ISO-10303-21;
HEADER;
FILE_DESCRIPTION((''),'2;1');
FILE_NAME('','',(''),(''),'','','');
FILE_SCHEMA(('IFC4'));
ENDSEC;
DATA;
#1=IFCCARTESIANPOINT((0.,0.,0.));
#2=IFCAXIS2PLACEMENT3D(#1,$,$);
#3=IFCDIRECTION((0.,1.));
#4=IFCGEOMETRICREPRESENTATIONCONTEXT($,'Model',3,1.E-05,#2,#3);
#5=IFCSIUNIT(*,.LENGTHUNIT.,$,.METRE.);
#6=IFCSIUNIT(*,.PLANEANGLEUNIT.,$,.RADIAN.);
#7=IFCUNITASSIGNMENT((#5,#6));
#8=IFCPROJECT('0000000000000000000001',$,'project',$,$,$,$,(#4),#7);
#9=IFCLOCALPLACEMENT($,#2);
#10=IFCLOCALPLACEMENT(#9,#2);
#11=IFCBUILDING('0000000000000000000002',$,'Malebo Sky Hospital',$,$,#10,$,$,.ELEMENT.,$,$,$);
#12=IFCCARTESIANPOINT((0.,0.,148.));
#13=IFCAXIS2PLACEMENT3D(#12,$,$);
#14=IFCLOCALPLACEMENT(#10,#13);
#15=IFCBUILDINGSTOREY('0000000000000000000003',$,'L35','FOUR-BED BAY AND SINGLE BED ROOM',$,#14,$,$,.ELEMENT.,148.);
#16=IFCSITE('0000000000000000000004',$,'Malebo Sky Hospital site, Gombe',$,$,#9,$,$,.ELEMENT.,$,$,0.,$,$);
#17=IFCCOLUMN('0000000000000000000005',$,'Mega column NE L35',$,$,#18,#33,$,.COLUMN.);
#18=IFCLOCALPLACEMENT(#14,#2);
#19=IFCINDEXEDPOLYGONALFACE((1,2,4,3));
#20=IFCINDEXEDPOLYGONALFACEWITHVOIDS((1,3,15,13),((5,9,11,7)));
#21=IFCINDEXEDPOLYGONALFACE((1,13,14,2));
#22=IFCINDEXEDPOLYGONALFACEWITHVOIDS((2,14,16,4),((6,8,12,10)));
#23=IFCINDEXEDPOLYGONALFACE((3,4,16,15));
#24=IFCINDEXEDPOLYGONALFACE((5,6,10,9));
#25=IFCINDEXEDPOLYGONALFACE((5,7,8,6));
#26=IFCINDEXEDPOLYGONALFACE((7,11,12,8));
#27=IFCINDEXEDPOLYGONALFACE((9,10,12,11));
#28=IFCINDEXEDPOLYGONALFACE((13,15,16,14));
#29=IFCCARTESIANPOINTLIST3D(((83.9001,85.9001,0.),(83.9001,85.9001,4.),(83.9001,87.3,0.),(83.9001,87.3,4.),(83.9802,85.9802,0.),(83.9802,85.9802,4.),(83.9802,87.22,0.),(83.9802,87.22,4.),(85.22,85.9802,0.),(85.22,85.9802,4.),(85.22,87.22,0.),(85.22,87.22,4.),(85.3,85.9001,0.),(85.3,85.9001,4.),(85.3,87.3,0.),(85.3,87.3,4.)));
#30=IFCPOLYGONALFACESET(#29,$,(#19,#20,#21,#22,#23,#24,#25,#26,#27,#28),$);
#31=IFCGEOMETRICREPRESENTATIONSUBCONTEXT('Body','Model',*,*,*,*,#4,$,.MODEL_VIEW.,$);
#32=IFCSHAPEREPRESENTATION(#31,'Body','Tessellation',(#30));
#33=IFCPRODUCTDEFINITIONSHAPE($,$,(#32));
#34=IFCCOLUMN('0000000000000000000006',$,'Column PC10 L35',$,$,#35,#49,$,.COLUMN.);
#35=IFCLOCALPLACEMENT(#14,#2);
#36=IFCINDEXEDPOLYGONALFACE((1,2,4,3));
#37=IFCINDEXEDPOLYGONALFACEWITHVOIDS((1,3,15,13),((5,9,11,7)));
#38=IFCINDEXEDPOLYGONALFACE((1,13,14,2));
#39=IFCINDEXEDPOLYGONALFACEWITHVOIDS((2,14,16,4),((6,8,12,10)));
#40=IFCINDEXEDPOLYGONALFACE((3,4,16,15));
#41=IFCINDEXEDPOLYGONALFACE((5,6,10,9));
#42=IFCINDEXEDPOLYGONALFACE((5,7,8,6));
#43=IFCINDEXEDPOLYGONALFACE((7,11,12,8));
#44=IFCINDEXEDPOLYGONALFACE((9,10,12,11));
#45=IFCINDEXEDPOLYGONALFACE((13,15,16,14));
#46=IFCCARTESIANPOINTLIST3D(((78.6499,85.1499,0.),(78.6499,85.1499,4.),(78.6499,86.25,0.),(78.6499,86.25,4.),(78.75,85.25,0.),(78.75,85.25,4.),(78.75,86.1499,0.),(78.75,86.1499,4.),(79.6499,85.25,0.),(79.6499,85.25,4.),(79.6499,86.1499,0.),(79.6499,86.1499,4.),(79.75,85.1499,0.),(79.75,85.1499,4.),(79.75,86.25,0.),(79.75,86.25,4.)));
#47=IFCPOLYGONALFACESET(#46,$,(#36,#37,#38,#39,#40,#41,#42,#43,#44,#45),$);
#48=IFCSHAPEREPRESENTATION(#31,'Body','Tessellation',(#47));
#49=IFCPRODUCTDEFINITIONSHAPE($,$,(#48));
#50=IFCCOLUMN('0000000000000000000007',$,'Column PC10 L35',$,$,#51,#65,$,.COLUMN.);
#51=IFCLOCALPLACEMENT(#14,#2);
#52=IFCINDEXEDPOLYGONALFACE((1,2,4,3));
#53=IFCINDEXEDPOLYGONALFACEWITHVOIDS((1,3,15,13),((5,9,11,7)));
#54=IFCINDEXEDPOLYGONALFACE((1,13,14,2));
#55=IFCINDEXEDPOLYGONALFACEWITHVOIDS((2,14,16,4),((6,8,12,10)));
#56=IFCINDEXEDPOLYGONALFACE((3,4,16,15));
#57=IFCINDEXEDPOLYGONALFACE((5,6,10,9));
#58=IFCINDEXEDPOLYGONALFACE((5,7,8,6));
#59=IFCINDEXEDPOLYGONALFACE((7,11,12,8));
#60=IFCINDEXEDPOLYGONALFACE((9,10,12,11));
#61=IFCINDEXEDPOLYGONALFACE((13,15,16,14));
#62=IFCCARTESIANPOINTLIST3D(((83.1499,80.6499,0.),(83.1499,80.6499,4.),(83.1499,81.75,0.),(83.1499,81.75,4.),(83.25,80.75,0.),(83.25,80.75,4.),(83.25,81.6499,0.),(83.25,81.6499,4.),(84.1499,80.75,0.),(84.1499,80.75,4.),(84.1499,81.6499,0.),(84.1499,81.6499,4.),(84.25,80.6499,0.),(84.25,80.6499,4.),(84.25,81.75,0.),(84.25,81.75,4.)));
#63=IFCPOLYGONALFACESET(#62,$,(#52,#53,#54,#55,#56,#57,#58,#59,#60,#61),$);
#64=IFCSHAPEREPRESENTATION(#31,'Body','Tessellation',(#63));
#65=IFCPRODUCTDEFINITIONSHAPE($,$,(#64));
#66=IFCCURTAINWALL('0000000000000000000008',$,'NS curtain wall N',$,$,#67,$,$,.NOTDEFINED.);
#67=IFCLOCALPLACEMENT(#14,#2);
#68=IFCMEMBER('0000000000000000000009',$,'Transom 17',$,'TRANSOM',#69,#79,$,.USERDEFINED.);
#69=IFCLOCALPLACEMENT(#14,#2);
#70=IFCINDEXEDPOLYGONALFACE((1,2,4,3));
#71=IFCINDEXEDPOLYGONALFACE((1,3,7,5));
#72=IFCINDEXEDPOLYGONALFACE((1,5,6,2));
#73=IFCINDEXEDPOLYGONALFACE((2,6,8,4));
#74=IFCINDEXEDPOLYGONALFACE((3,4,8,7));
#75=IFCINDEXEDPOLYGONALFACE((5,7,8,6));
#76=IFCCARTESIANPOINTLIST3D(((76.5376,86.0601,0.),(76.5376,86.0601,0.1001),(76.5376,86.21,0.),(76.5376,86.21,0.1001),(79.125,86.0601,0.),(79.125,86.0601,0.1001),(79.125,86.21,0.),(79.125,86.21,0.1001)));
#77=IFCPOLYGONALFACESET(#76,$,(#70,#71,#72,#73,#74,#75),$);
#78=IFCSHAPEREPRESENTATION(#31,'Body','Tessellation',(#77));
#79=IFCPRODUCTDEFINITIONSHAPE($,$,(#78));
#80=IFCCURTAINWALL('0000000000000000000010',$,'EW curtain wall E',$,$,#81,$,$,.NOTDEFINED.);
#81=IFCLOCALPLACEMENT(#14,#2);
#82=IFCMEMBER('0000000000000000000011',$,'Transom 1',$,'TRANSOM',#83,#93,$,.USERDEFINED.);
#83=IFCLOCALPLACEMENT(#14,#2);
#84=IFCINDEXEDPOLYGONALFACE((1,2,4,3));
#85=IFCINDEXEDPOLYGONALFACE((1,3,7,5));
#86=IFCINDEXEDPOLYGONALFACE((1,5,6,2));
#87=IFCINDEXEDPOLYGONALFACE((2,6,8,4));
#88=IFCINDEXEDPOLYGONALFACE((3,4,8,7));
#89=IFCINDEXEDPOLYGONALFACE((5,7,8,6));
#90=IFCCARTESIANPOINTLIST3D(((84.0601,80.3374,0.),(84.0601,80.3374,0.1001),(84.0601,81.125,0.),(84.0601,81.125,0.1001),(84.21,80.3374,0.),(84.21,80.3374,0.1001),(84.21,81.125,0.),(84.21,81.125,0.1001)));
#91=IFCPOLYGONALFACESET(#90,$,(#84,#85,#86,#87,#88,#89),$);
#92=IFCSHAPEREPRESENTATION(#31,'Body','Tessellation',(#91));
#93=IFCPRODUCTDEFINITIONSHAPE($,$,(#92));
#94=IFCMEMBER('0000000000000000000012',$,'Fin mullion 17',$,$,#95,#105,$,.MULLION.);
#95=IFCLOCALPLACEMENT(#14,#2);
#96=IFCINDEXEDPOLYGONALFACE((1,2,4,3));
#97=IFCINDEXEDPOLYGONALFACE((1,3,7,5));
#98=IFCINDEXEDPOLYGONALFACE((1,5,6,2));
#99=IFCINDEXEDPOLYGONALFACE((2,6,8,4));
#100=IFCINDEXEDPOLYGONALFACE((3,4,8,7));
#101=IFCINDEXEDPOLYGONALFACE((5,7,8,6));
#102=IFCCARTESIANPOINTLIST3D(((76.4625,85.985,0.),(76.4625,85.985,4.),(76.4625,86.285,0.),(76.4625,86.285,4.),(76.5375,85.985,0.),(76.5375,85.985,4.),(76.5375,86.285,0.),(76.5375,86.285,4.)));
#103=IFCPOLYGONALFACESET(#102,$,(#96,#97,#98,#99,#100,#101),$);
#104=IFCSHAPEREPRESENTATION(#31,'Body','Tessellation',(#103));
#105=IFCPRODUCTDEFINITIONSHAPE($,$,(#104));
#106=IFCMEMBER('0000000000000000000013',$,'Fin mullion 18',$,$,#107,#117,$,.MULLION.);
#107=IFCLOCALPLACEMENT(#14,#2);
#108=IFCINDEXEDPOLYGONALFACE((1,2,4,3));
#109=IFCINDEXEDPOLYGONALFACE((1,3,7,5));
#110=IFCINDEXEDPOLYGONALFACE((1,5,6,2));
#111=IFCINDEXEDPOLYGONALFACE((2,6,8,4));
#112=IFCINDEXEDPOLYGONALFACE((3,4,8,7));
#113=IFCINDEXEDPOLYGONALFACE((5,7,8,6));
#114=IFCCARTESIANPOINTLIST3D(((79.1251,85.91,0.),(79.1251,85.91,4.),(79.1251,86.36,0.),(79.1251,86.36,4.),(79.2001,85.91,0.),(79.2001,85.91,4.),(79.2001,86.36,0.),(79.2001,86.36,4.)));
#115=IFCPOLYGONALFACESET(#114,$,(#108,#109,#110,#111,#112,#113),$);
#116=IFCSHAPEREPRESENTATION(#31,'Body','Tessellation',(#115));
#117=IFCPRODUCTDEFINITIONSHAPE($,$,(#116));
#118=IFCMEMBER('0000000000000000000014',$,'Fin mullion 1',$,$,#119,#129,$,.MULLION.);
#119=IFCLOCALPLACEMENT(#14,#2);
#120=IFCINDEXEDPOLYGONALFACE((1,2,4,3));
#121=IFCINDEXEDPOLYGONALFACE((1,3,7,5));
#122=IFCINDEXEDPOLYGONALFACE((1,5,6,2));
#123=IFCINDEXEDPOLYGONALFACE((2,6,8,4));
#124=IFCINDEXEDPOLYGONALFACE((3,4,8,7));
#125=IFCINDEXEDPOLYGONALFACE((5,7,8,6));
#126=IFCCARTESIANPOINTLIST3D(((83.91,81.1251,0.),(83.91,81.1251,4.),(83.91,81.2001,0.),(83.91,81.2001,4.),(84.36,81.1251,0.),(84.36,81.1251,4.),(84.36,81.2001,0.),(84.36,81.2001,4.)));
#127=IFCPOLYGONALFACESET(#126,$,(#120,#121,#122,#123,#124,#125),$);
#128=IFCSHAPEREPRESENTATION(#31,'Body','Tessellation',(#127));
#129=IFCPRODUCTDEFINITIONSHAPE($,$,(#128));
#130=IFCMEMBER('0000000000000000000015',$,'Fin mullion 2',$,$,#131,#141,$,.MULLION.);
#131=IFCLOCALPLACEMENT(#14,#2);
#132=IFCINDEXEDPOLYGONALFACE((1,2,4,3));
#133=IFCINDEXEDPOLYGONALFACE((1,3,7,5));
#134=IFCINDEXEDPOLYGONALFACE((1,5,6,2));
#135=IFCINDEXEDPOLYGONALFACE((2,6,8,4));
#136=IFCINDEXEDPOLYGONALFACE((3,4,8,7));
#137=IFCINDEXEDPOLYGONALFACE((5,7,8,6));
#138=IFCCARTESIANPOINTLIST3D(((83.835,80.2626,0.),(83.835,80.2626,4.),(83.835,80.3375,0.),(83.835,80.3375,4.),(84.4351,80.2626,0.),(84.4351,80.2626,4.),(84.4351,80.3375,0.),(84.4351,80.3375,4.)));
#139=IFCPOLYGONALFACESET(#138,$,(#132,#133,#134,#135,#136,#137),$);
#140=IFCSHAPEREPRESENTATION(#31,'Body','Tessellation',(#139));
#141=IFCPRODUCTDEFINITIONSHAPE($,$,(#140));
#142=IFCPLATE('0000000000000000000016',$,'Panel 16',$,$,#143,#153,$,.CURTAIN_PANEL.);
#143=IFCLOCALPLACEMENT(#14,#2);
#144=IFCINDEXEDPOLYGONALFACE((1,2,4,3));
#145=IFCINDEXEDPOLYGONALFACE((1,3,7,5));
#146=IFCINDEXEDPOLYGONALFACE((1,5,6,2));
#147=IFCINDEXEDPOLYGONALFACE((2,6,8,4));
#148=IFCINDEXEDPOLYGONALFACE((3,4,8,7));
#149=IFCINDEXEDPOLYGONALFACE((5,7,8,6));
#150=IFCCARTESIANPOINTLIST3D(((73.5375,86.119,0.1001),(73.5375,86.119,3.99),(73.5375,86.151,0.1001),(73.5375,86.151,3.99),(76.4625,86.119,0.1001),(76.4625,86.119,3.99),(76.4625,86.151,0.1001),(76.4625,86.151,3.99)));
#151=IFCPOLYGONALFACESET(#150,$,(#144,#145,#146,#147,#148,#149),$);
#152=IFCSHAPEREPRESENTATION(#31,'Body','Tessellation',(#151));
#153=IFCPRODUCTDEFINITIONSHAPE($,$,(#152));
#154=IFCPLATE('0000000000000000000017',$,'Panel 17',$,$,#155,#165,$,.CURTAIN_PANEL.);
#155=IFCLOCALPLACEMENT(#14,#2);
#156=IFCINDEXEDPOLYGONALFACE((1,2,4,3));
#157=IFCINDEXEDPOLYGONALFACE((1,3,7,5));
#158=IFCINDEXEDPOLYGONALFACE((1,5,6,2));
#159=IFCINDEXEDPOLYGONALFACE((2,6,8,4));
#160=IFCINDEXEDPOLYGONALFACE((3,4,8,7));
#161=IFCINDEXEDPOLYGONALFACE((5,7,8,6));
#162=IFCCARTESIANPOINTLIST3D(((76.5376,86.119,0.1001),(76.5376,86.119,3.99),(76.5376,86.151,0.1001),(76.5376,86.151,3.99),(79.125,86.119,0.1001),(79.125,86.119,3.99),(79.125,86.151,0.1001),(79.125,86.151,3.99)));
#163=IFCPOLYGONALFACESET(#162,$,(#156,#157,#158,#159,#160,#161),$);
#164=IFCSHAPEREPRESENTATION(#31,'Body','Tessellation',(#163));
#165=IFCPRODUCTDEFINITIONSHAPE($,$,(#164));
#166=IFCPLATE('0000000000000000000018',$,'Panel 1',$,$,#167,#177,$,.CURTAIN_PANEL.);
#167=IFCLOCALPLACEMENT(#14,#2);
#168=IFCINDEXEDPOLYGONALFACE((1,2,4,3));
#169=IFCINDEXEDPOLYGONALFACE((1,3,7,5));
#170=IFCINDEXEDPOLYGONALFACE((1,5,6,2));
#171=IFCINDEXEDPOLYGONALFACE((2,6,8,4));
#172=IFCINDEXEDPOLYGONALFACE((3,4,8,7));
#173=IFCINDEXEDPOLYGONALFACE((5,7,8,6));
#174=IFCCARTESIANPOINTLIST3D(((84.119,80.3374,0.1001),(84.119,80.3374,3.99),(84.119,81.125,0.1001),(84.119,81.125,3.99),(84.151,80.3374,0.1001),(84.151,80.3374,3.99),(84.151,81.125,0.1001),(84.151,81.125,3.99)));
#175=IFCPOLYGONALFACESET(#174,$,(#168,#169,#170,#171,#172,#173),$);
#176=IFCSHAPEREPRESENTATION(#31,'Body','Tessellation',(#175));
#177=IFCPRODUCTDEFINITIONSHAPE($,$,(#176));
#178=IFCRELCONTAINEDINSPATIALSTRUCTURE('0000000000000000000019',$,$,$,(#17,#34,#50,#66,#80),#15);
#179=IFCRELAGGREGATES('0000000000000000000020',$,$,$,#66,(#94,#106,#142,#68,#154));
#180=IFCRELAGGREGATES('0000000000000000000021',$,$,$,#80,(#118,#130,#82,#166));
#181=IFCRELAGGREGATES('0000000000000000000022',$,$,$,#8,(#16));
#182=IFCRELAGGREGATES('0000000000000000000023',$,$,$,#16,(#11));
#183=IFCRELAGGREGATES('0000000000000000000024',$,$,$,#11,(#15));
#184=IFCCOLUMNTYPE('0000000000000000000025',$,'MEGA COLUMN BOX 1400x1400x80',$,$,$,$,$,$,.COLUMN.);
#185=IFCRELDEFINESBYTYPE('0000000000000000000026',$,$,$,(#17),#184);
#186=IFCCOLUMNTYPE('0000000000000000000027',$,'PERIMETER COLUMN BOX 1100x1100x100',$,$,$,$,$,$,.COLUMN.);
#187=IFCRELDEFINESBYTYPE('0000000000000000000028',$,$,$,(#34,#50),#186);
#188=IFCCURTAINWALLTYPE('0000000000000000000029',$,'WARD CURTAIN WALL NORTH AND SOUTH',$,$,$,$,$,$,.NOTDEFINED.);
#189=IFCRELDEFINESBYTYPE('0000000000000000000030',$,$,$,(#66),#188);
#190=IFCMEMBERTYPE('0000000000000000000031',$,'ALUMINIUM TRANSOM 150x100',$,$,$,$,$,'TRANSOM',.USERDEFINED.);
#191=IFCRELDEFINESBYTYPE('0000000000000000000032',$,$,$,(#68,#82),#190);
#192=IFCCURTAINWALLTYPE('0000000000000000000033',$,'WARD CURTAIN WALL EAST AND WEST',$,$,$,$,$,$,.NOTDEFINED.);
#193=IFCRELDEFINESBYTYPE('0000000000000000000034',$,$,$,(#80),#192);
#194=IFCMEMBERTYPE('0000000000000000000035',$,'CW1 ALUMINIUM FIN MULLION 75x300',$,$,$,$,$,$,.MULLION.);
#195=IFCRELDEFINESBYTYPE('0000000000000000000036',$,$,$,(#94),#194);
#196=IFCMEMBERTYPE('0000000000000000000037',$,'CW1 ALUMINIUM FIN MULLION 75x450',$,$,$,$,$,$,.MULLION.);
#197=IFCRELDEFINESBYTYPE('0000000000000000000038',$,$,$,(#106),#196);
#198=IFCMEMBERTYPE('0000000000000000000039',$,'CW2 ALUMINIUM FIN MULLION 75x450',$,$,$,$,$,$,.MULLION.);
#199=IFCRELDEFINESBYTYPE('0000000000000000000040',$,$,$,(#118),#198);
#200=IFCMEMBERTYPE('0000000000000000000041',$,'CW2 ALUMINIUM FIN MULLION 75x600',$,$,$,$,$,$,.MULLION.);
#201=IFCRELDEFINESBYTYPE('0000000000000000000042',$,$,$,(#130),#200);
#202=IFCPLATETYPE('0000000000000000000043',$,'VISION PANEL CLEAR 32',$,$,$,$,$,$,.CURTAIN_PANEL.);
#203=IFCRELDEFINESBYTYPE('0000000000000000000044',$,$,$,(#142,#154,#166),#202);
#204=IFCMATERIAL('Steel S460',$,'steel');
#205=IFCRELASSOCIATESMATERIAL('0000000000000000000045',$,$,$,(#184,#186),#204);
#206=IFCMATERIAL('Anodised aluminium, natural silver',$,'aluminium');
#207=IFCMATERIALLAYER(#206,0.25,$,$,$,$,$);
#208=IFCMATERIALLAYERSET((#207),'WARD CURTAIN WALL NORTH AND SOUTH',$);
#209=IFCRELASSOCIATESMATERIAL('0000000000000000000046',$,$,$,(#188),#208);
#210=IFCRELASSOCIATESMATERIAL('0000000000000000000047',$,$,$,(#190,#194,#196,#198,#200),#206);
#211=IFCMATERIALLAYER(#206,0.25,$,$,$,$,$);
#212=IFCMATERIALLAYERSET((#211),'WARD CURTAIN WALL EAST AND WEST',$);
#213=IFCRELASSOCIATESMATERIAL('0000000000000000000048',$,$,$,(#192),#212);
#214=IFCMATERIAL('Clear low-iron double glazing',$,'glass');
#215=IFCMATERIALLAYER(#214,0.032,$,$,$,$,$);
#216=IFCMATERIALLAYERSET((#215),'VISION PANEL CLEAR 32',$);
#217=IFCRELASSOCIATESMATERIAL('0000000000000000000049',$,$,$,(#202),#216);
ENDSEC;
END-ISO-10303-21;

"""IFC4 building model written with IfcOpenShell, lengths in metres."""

from ifc_helpers import new_model, si_unit, direction, frame, origin, origin_2d, place, context, subcontext, project, spatial, rectangle, hollow_rectangle, extrude, material, layer, layer_set, material_profile, profile_set, type_object, element, aggregate, save


model = new_model("IFC4")

# Units and contexts
model_context = context("Model", 3, precision=1e-05, world=origin(), true_north=direction((0.0, 1.0)))
body_context = subcontext(model_context, "Body", "Model", "MODEL_VIEW")
ifc_project = project(units=[si_unit("LENGTHUNIT", "METRE"), si_unit("PLANEANGLEUNIT", "RADIAN")], contexts=[model_context])

# Site, building, storey
site_placement = place(None, origin())
site = spatial("IfcSite", under=ifc_project, at=site_placement, Name="Malebo Sky Hospital site, Gombe", CompositionType="ELEMENT", RefElevation=0.0)
building_placement = place(site_placement, origin())
building = spatial("IfcBuilding", under=site, at=building_placement, Name="Malebo Sky Hospital", CompositionType="ELEMENT")
storey_placement = place(building_placement, frame((0.0, 0.0, 148.0)))
storey = spatial("IfcBuildingStorey", under=building, at=storey_placement, Name="L35", Description="FOUR-BED BAY AND SINGLE BED ROOM", CompositionType="ELEMENT", Elevation=148.0)

# Columns
ifc_material_1 = material(Name="Steel S460", Category="steel")
ifc_material_profile_1 = material_profile(ifc_material_1, hollow_rectangle(XDim=1.3999, YDim=1.3999, WallThickness=0.0801, at=origin_2d()), Name="BOX 1400x1400x80")
ifc_profile_set_1 = profile_set([ifc_material_profile_1], Name="Steel S460")
column_type_1 = type_object("IfcColumnType", Name="MEGA COLUMN BOX 1400x1400x80", PredefinedType="COLUMN", material=ifc_profile_set_1)
column_placement = place(storey_placement, frame((84.6001, 86.6001, 0.0), z_axis=(0.0, 0.0, 1.0), x_axis=(1.0, 0.0, 0.0)))
element("IfcColumn", 1, at=column_placement, inside=storey, type_object=column_type_1, Name="Mega column NE L35", PredefinedType="COLUMN", context=body_context, shape_type="SweptSolid", body=[
    extrude(hollow_rectangle(XDim=1.3999, YDim=1.3999, WallThickness=0.0801, at=origin_2d()), origin(), (0.0, 0.0, 1.0), 4.0),
])
ifc_material_profile_2 = material_profile(ifc_material_1, hollow_rectangle(XDim=1.1001, YDim=1.1001, WallThickness=0.1001, at=origin_2d()), Name="BOX 1100x1100x100")
ifc_profile_set_2 = profile_set([ifc_material_profile_2], Name="Steel S460")
column_type_2 = type_object("IfcColumnType", Name="PERIMETER COLUMN BOX 1100x1100x100", PredefinedType="COLUMN", material=ifc_profile_set_2)
for number, where, z_axis, x_axis, name in (
    (2, (79.2, 85.7, 0.0), (0.0, 0.0, 1.0), (1.0, 0.0, 0.0), "Column PC10 L35"),
    (3, (83.7, 81.2, 0.0), (0.0, 0.0, 1.0), (1.0, 0.0, 0.0), "Column PC10 L35"),
):
    element("IfcColumn", number, at=place(storey_placement, frame(where, z_axis=z_axis, x_axis=x_axis)), inside=storey, type_object=column_type_2, Name=name, PredefinedType="COLUMN", context=body_context, shape_type="SweptSolid", body=[
        extrude(hollow_rectangle(XDim=1.1001, YDim=1.1001, WallThickness=0.1001, at=origin_2d()), origin(), (0.0, 0.0, 1.0), 4.0),
    ])

# Curtain walls, members
ifc_material_2 = material(Name="Anodised aluminium, natural silver", Category="aluminium")
ifc_layer_1 = layer(ifc_material_2, 0.25)
ifc_layer_set_1 = layer_set([ifc_layer_1], Name="WARD CURTAIN WALL NORTH AND SOUTH")
curtain_wall_type_1 = type_object("IfcCurtainWallType", Name="WARD CURTAIN WALL NORTH AND SOUTH", PredefinedType="NOTDEFINED", material=ifc_layer_set_1)
curtain_wall_1_placement = place(storey_placement, origin())
curtain_wall_1 = element("IfcCurtainWall", 4, at=curtain_wall_1_placement, inside=storey, type_object=curtain_wall_type_1, Name="NS curtain wall N", PredefinedType="NOTDEFINED")
ifc_material_profile_3 = material_profile(ifc_material_2, rectangle(XDim=0.1499, YDim=0.1001, at=origin_2d()), Name="ALUMINIUM TRANSOM 150x100")
ifc_profile_set_3 = profile_set([ifc_material_profile_3], Name="Anodised aluminium, natural silver")
member_type_1 = type_object("IfcMemberType", Name="ALUMINIUM TRANSOM 150x100", ElementType="TRANSOM", PredefinedType="USERDEFINED", material=ifc_profile_set_3)
member_1_placement = place(storey_placement, frame((76.5376, 86.135, 0.05), z_axis=(1.0, 0.0, 0.0), x_axis=(0.0, 1.0, 0.0)))
member_1 = element("IfcMember", 5, at=member_1_placement, type_object=member_type_1, Name="Transom 17", ObjectType="TRANSOM", PredefinedType="USERDEFINED", context=body_context, shape_type="SweptSolid", body=[
    extrude(rectangle(XDim=0.1499, YDim=0.1001, at=origin_2d()), origin(), (0.0, 0.0, 1.0), 2.5874),
])
ifc_layer_2 = layer(ifc_material_2, 0.25)
ifc_layer_set_2 = layer_set([ifc_layer_2], Name="WARD CURTAIN WALL EAST AND WEST")
curtain_wall_type_2 = type_object("IfcCurtainWallType", Name="WARD CURTAIN WALL EAST AND WEST", PredefinedType="NOTDEFINED", material=ifc_layer_set_2)
curtain_wall_2_placement = place(storey_placement, origin())
curtain_wall_2 = element("IfcCurtainWall", 6, at=curtain_wall_2_placement, inside=storey, type_object=curtain_wall_type_2, Name="EW curtain wall E", PredefinedType="NOTDEFINED")
member_2_placement = place(storey_placement, frame((84.135, 81.125, 0.05), z_axis=(0.0, -1.0, 0.0), x_axis=(1.0, 0.0, 0.0)))
member_2 = element("IfcMember", 7, at=member_2_placement, type_object=member_type_1, Name="Transom 1", ObjectType="TRANSOM", PredefinedType="USERDEFINED", context=body_context, shape_type="SweptSolid", body=[
    extrude(rectangle(XDim=0.1499, YDim=0.1001, at=origin_2d()), origin(), (0.0, 0.0, 1.0), 0.7876),
])

# Members
ifc_material_profile_4 = material_profile(ifc_material_2, rectangle(XDim=0.075, YDim=0.3, at=origin_2d()), Name="CW1 ALUMINIUM FIN MULLION 75x300")
ifc_profile_set_4 = profile_set([ifc_material_profile_4], Name="Anodised aluminium, natural silver")
member_type_2 = type_object("IfcMemberType", Name="CW1 ALUMINIUM FIN MULLION 75x300", PredefinedType="MULLION", material=ifc_profile_set_4)
member_3_placement = place(storey_placement, frame((76.5, 86.135, 0.0), z_axis=(0.0, 0.0, 1.0), x_axis=(1.0, 0.0, 0.0)))
member_3 = element("IfcMember", 8, at=member_3_placement, type_object=member_type_2, Name="Fin mullion 17", PredefinedType="MULLION", context=body_context, shape_type="SweptSolid", body=[
    extrude(rectangle(XDim=0.075, YDim=0.3, at=origin_2d()), origin(), (0.0, 0.0, 1.0), 4.0),
])
ifc_material_profile_5 = material_profile(ifc_material_2, rectangle(XDim=0.075, YDim=0.45, at=origin_2d()), Name="CW1 ALUMINIUM FIN MULLION 75x450")
ifc_profile_set_5 = profile_set([ifc_material_profile_5], Name="Anodised aluminium, natural silver")
member_type_3 = type_object("IfcMemberType", Name="CW1 ALUMINIUM FIN MULLION 75x450", PredefinedType="MULLION", material=ifc_profile_set_5)
member_4_placement = place(storey_placement, frame((79.1626, 86.135, 0.0), z_axis=(0.0, 0.0, 1.0), x_axis=(1.0, 0.0, 0.0)))
member_4 = element("IfcMember", 9, at=member_4_placement, type_object=member_type_3, Name="Fin mullion 18", PredefinedType="MULLION", context=body_context, shape_type="SweptSolid", body=[
    extrude(rectangle(XDim=0.075, YDim=0.45, at=origin_2d()), origin(), (0.0, 0.0, 1.0), 4.0),
])
ifc_material_profile_6 = material_profile(ifc_material_2, rectangle(XDim=0.075, YDim=0.45, at=origin_2d()), Name="CW2 ALUMINIUM FIN MULLION 75x450")
ifc_profile_set_6 = profile_set([ifc_material_profile_6], Name="Anodised aluminium, natural silver")
member_type_4 = type_object("IfcMemberType", Name="CW2 ALUMINIUM FIN MULLION 75x450", PredefinedType="MULLION", material=ifc_profile_set_6)
member_5_placement = place(storey_placement, frame((84.135, 81.1626, 0.0), z_axis=(0.0, 0.0, 1.0), x_axis=(0.0, -1.0, 0.0)))
member_5 = element("IfcMember", 10, at=member_5_placement, type_object=member_type_4, Name="Fin mullion 1", PredefinedType="MULLION", context=body_context, shape_type="SweptSolid", body=[
    extrude(rectangle(XDim=0.075, YDim=0.45, at=origin_2d()), origin(), (0.0, 0.0, 1.0), 4.0),
])
ifc_material_profile_7 = material_profile(ifc_material_2, rectangle(XDim=0.075, YDim=0.6001, at=origin_2d()), Name="CW2 ALUMINIUM FIN MULLION 75x600")
ifc_profile_set_7 = profile_set([ifc_material_profile_7], Name="Anodised aluminium, natural silver")
member_type_5 = type_object("IfcMemberType", Name="CW2 ALUMINIUM FIN MULLION 75x600", PredefinedType="MULLION", material=ifc_profile_set_7)
member_6_placement = place(storey_placement, frame((84.135, 80.3, 0.0), z_axis=(0.0, 0.0, 1.0), x_axis=(0.0, -1.0, 0.0)))
member_6 = element("IfcMember", 11, at=member_6_placement, type_object=member_type_5, Name="Fin mullion 2", PredefinedType="MULLION", context=body_context, shape_type="SweptSolid", body=[
    extrude(rectangle(XDim=0.075, YDim=0.6001, at=origin_2d()), origin(), (0.0, 0.0, 1.0), 4.0),
])

# Plates
ifc_material_3 = material(Name="Clear low-iron double glazing", Category="glass")
ifc_layer_3 = layer(ifc_material_3, 0.032)
ifc_layer_set_3 = layer_set([ifc_layer_3], Name="VISION PANEL CLEAR 32")
plate_type = type_object("IfcPlateType", Name="VISION PANEL CLEAR 32", PredefinedType="CURTAIN_PANEL", material=ifc_layer_set_3)
plate_1_placement = place(storey_placement, frame((75.0, 86.135, 0.1001), z_axis=(0.0, 0.0, 1.0), x_axis=(1.0, 0.0, 0.0)))
plate_1 = element("IfcPlate", 12, at=plate_1_placement, type_object=plate_type, Name="Panel 16", PredefinedType="CURTAIN_PANEL", context=body_context, shape_type="SweptSolid", body=[
    extrude(rectangle(XDim=2.925, YDim=0.032, at=origin_2d()), origin(), (0.0, 0.0, 1.0), 3.8899),
])
plate_2_placement = place(storey_placement, frame((77.8313, 86.135, 0.1001), z_axis=(0.0, 0.0, 1.0), x_axis=(1.0, 0.0, 0.0)))
plate_2 = element("IfcPlate", 13, at=plate_2_placement, type_object=plate_type, Name="Panel 17", PredefinedType="CURTAIN_PANEL", context=body_context, shape_type="SweptSolid", body=[
    extrude(rectangle(XDim=2.5874, YDim=0.032, at=origin_2d()), origin(), (0.0, 0.0, 1.0), 3.8899),
])
aggregate(curtain_wall_1, [member_3, member_4, plate_1, member_1, plate_2])
plate_3_placement = place(storey_placement, frame((84.135, 80.7312, 0.1001), z_axis=(0.0, 0.0, 1.0), x_axis=(0.0, -1.0, 0.0)))
plate_3 = element("IfcPlate", 14, at=plate_3_placement, type_object=plate_type, Name="Panel 1", PredefinedType="CURTAIN_PANEL", context=body_context, shape_type="SweptSolid", body=[
    extrude(rectangle(XDim=0.7876, YDim=0.032, at=origin_2d()), origin(), (0.0, 0.0, 1.0), 3.8899),
])
aggregate(curtain_wall_2, [member_5, member_6, member_2, plate_3])

save(model, "model.ifc")
